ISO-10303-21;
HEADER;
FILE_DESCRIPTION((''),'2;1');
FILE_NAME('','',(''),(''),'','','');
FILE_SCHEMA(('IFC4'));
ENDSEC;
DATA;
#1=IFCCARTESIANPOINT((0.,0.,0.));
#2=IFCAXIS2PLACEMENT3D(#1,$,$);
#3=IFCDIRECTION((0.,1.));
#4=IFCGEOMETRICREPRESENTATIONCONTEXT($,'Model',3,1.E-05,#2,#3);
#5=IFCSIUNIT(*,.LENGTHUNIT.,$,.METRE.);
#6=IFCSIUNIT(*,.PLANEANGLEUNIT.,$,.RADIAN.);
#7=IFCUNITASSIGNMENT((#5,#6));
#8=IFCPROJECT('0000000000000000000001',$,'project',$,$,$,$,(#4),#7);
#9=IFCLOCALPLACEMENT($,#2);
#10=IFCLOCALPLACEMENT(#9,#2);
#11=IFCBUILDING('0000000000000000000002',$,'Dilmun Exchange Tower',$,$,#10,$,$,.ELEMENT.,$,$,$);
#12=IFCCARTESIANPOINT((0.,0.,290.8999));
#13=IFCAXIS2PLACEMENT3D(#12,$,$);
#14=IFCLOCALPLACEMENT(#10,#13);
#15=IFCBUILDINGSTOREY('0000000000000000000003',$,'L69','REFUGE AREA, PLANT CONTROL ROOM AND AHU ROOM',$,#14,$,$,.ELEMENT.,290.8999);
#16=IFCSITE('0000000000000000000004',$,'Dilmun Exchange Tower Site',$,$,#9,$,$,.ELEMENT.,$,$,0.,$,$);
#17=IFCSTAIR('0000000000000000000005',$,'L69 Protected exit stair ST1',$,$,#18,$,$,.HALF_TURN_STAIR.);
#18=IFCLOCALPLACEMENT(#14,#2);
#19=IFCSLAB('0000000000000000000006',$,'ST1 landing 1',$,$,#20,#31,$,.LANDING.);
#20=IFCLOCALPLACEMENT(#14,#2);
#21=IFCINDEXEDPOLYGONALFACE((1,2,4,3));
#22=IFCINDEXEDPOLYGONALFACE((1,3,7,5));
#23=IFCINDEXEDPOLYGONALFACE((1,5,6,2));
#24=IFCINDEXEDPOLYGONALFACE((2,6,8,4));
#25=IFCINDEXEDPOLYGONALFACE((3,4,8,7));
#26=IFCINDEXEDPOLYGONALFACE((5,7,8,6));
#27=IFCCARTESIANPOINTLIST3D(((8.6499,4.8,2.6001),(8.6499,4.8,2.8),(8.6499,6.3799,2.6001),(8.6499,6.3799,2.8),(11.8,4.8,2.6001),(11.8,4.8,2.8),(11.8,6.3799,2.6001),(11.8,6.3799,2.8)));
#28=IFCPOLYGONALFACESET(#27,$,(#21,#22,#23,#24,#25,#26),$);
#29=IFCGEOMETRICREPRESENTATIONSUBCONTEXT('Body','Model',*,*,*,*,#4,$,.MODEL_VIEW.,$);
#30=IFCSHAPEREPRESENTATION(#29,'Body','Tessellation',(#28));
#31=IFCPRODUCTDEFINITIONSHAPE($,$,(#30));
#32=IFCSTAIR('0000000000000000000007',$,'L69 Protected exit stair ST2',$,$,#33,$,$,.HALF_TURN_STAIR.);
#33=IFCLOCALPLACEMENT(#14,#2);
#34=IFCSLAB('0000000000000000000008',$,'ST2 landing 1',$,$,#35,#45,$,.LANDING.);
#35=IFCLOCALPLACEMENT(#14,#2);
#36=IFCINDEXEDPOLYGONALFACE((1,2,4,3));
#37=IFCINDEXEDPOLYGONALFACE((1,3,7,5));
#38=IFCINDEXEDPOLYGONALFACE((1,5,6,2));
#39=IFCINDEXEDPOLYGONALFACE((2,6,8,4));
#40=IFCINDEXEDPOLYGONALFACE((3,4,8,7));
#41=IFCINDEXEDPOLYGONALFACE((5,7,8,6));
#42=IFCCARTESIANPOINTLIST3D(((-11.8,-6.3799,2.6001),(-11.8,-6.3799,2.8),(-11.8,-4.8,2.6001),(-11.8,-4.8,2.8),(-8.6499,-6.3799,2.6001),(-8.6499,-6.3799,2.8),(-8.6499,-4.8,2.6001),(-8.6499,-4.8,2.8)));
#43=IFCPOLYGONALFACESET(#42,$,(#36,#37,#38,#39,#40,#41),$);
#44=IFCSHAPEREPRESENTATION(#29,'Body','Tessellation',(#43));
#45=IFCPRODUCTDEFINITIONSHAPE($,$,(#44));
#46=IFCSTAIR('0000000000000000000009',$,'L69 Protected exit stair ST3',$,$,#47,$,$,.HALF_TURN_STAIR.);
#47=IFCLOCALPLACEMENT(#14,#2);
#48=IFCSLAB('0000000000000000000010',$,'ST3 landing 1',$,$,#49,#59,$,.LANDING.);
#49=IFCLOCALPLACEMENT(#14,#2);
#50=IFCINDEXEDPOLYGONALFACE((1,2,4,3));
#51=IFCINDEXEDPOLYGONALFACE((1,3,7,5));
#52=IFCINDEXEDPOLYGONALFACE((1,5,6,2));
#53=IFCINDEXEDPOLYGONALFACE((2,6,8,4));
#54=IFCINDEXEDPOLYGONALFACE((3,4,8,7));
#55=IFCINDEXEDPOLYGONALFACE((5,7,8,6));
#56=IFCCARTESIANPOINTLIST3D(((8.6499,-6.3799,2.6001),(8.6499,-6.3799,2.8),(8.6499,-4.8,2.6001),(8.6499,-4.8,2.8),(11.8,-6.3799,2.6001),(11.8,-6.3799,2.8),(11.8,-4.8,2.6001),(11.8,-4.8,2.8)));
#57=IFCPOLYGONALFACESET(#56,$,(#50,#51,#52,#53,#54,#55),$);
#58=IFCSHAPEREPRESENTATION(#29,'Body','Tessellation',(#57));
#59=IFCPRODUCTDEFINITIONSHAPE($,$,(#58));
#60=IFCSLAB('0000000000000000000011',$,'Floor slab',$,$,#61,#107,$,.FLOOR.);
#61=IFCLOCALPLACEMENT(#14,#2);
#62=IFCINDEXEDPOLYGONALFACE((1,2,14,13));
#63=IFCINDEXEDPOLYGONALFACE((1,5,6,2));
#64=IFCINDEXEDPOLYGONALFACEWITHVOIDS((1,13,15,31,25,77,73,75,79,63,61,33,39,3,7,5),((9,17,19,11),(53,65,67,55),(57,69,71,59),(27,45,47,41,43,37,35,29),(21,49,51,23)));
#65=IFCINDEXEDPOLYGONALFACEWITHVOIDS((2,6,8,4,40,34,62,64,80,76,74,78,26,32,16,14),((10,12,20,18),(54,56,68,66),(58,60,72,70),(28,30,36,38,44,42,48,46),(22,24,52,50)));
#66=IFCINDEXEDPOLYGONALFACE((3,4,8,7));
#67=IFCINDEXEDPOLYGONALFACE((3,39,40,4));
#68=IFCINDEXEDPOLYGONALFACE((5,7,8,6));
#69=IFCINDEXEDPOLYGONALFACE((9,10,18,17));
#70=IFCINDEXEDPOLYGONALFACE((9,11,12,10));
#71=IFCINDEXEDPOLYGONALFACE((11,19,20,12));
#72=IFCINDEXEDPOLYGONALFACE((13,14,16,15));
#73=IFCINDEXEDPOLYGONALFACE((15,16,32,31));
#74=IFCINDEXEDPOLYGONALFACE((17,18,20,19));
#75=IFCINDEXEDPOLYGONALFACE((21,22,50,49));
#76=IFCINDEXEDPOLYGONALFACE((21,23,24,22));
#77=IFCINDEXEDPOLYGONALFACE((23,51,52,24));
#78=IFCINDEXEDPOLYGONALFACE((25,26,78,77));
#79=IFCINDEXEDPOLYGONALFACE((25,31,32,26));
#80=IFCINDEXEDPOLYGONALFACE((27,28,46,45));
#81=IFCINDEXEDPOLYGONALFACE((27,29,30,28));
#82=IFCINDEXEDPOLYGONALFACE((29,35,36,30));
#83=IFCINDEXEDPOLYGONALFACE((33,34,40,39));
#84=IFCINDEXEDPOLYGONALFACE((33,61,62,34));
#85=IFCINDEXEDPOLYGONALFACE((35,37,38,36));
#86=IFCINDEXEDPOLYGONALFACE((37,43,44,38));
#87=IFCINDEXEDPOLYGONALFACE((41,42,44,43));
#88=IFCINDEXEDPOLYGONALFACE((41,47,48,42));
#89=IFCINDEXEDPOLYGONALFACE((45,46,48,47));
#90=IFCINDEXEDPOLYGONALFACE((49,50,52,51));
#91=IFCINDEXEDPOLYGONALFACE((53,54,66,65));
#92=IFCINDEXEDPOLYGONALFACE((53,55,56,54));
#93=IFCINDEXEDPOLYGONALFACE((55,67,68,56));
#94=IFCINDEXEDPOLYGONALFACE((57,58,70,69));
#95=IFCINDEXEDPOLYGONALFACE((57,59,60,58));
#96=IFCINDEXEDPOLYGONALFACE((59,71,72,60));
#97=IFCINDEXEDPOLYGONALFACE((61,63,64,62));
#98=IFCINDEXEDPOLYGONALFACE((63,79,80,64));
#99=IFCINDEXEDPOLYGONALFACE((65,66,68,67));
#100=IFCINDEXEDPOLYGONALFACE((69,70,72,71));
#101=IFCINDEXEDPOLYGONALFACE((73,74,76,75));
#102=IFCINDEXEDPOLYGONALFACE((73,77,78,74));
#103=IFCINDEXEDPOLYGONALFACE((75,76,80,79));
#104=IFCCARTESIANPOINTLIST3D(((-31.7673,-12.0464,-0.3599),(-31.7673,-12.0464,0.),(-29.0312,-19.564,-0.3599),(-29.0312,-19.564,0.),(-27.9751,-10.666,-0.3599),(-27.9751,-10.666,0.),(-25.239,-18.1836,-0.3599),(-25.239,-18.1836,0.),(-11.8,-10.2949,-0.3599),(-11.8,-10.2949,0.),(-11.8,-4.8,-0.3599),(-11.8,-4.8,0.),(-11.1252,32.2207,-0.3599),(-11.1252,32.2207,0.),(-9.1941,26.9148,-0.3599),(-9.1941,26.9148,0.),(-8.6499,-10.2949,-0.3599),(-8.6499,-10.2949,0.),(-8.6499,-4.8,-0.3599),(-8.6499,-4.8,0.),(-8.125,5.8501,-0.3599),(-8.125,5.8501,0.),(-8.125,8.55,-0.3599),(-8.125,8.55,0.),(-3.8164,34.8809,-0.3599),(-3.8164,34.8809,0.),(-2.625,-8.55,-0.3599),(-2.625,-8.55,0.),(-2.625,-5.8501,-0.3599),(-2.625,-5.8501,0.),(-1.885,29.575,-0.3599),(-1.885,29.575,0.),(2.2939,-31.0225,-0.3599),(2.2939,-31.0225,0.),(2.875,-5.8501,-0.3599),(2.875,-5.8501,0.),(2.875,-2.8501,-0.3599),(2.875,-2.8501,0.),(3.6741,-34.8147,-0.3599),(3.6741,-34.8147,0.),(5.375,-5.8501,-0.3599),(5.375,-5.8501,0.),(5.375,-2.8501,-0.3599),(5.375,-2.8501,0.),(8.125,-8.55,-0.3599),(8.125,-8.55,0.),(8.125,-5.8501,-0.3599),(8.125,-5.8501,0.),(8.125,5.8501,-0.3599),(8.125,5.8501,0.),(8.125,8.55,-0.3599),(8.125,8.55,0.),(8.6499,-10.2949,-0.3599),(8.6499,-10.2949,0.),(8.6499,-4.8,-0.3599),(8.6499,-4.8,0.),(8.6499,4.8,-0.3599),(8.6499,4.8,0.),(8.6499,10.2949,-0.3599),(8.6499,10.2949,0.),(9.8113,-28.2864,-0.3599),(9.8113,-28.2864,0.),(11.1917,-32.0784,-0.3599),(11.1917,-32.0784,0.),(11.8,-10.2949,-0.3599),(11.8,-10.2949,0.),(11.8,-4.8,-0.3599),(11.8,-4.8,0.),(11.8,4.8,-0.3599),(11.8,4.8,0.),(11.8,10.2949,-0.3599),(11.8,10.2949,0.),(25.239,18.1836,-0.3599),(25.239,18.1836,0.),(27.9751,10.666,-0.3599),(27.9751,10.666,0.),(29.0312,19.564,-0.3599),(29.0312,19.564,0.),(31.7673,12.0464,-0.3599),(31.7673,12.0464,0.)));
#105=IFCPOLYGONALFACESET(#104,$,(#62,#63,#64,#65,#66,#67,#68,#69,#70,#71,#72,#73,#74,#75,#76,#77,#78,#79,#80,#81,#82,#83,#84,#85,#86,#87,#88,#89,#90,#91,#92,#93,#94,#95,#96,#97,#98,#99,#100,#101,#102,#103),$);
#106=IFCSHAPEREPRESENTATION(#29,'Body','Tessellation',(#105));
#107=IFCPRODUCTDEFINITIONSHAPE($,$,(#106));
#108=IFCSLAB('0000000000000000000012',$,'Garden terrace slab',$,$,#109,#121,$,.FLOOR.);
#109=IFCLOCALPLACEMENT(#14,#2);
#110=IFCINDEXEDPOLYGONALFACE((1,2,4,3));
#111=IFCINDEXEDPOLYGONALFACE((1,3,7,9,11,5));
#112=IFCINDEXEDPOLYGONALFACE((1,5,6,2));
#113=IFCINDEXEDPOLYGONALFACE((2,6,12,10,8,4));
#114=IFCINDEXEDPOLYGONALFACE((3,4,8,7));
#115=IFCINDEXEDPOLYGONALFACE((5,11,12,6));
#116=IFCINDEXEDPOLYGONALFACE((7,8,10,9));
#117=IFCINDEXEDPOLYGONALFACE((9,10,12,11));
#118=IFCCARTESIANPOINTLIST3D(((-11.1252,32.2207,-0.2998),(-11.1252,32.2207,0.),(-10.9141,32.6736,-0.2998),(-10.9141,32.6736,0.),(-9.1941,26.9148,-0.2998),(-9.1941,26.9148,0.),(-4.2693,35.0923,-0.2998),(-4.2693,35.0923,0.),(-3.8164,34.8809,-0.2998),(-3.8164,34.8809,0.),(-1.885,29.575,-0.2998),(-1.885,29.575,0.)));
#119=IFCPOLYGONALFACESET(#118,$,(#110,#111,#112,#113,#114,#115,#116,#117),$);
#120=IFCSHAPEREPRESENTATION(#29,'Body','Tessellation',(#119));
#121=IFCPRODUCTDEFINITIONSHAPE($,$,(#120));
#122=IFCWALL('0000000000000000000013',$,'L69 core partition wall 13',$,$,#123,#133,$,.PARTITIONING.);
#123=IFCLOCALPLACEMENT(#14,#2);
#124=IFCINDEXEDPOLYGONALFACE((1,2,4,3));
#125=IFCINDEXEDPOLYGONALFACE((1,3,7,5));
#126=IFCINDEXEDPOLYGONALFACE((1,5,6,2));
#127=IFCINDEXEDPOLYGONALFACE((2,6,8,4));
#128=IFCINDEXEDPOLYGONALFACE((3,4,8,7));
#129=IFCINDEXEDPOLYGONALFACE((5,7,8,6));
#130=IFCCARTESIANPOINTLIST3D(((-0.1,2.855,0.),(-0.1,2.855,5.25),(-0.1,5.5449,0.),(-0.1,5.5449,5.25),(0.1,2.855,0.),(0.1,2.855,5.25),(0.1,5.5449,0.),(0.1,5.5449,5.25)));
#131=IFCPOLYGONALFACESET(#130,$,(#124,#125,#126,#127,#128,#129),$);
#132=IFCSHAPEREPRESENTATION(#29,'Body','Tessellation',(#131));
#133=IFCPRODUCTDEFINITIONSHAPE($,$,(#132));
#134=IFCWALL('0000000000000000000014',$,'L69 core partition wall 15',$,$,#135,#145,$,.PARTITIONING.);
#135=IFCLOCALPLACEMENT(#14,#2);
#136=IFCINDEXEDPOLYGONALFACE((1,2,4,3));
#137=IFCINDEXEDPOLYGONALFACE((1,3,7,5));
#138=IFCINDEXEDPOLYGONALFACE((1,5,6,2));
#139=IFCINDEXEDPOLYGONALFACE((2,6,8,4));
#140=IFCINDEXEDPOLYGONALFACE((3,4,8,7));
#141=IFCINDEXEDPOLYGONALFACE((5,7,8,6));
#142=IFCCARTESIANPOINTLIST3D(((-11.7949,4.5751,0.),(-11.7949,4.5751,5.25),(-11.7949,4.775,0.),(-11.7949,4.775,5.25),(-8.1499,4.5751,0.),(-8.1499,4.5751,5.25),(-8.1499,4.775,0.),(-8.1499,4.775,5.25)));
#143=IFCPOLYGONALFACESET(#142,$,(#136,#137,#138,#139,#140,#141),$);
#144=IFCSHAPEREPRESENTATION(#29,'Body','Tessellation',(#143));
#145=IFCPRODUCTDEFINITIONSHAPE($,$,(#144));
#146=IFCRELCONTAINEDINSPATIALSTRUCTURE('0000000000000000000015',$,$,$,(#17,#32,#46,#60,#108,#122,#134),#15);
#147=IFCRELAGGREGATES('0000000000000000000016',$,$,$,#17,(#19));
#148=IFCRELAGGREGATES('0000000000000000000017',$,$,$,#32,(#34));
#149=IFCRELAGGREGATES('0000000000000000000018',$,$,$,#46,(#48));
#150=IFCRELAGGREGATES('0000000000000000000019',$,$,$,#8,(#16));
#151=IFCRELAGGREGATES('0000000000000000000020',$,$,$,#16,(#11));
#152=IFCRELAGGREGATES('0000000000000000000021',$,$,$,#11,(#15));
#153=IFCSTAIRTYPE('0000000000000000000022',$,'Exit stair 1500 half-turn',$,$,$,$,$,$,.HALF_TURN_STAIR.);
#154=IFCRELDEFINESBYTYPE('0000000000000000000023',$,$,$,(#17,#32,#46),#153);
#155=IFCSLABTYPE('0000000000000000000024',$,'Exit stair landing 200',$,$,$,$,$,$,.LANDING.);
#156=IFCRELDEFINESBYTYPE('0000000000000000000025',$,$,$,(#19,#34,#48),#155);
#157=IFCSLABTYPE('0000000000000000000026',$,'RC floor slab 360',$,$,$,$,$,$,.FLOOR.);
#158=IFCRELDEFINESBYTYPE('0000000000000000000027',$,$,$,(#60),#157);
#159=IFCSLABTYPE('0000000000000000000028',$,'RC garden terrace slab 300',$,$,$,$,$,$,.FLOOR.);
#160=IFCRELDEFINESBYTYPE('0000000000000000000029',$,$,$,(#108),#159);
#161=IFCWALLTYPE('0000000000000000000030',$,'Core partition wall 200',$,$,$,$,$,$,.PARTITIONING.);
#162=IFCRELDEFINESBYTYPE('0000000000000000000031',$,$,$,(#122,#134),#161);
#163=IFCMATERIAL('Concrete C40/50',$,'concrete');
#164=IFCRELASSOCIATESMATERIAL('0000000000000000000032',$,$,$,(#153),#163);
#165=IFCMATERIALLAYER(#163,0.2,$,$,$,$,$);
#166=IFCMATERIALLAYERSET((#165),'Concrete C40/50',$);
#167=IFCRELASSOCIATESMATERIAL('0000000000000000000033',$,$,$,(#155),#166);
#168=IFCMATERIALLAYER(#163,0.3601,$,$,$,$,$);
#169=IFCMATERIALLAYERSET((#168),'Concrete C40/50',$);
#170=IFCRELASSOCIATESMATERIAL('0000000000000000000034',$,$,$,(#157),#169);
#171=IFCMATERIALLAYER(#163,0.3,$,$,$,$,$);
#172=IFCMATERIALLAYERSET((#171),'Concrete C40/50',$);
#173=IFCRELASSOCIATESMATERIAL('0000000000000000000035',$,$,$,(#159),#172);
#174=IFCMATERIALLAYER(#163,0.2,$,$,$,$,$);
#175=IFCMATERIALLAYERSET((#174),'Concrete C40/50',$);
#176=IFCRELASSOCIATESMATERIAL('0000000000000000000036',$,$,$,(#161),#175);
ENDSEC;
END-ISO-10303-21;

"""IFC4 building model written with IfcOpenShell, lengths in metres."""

from ifc_helpers import new_model, si_unit, direction, frame, frame_2d, origin, place, context, subcontext, project, spatial, polyline, rectangle, outline, extrude, material, layer, layer_set, type_object, element, aggregate, save


model = new_model("IFC4")

# Units and contexts
model_context = context("Model", 3, precision=1e-05, world=origin(), true_north=direction((0.0, 1.0)))
body_context = subcontext(model_context, "Body", "Model", "MODEL_VIEW")
ifc_project = project(units=[si_unit("LENGTHUNIT", "METRE"), si_unit("PLANEANGLEUNIT", "RADIAN")], contexts=[model_context])

# Site, building, storey
site_placement = place(None, origin())
site = spatial("IfcSite", under=ifc_project, at=site_placement, Name="Dilmun Exchange Tower Site", CompositionType="ELEMENT", RefElevation=0.0)
building_placement = place(site_placement, origin())
building = spatial("IfcBuilding", under=site, at=building_placement, Name="Dilmun Exchange Tower", CompositionType="ELEMENT")
storey_placement = place(building_placement, frame((0.0, 0.0, 290.8999)))
storey = spatial("IfcBuildingStorey", under=building, at=storey_placement, Name="L69", Description="REFUGE AREA, PLANT CONTROL ROOM AND AHU ROOM", CompositionType="ELEMENT", Elevation=290.8999)

# Stairs, slabs
ifc_material_1 = material(Name="Concrete C40/50", Category="concrete")
stair_type = type_object("IfcStairType", Name="Exit stair 1500 half-turn", PredefinedType="HALF_TURN_STAIR", material=ifc_material_1)
stair_1_placement = place(storey_placement, origin())
stair_1 = element("IfcStair", 1, at=stair_1_placement, inside=storey, type_object=stair_type, Name="L69 Protected exit stair ST1", PredefinedType="HALF_TURN_STAIR")
ifc_layer_1 = layer(ifc_material_1, 0.2)
ifc_layer_set_1 = layer_set([ifc_layer_1], Name="Concrete C40/50")
slab_type_1 = type_object("IfcSlabType", Name="Exit stair landing 200", PredefinedType="LANDING", material=ifc_layer_set_1)
slab_1_placement = place(storey_placement, frame((0.0, 0.0, 2.6001)))
slab_1 = element("IfcSlab", 2, at=slab_1_placement, type_object=slab_type_1, Name="ST1 landing 1", PredefinedType="LANDING", context=body_context, shape_type="SweptSolid", body=[
    extrude(outline(polyline([(8.6499, 6.3799), (8.6499, 4.8), (11.8, 4.8), (11.8, 6.3799), (8.6499, 6.3799)])), origin(), (0.0, 0.0, 1.0), 0.2),
])
aggregate(stair_1, [slab_1])
stair_2_placement = place(storey_placement, origin())
stair_2 = element("IfcStair", 3, at=stair_2_placement, inside=storey, type_object=stair_type, Name="L69 Protected exit stair ST2", PredefinedType="HALF_TURN_STAIR")
slab_2_placement = place(storey_placement, frame((0.0, 0.0, 2.6001)))
slab_2 = element("IfcSlab", 4, at=slab_2_placement, type_object=slab_type_1, Name="ST2 landing 1", PredefinedType="LANDING", context=body_context, shape_type="SweptSolid", body=[
    extrude(outline(polyline([(-8.6499, -6.3799), (-8.6499, -4.8), (-11.8, -4.8), (-11.8, -6.3799), (-8.6499, -6.3799)])), origin(), (0.0, 0.0, 1.0), 0.2),
])
aggregate(stair_2, [slab_2])
stair_3_placement = place(storey_placement, origin())
stair_3 = element("IfcStair", 5, at=stair_3_placement, inside=storey, type_object=stair_type, Name="L69 Protected exit stair ST3", PredefinedType="HALF_TURN_STAIR")
slab_3_placement = place(storey_placement, frame((0.0, 0.0, 2.6001)))
slab_3 = element("IfcSlab", 6, at=slab_3_placement, type_object=slab_type_1, Name="ST3 landing 1", PredefinedType="LANDING", context=body_context, shape_type="SweptSolid", body=[
    extrude(outline(polyline([(11.8, -6.3799), (11.8, -4.8), (8.6499, -4.8), (8.6499, -6.3799), (11.8, -6.3799)])), origin(), (0.0, 0.0, 1.0), 0.2),
])
aggregate(stair_3, [slab_3])

# Slabs
ifc_layer_2 = layer(ifc_material_1, 0.3601)
ifc_layer_set_2 = layer_set([ifc_layer_2], Name="Concrete C40/50")
slab_type_2 = type_object("IfcSlabType", Name="RC floor slab 360", PredefinedType="FLOOR", material=ifc_layer_set_2)
slab_4_placement = place(storey_placement, frame((0.0, 0.0, -0.3599)))
element("IfcSlab", 7, at=slab_4_placement, inside=storey, type_object=slab_type_2, Name="Floor slab", PredefinedType="FLOOR", context=body_context, shape_type="SweptSolid", body=[
    extrude(outline(polyline([(25.239, 18.1836), (27.9751, 10.666), (31.7673, 12.0464), (11.1917, -32.0784), (9.8113, -28.2864), (2.2939, -31.0225), (3.6741, -34.8147), (-29.0312, -19.564), (-25.239, -18.1836), (-27.9751, -10.666), (-31.7673, -12.0464), (-11.1252, 32.2207), (-9.1941, 26.9148), (-1.885, 29.575), (-3.8164, 34.8809), (29.0312, 19.564), (25.239, 18.1836)]), holes=[polyline([(-8.6499, -4.8), (-11.8, -4.8), (-11.8, -10.2949), (-8.6499, -10.2949), (-8.6499, -4.8)]), polyline([(11.8, -4.8), (8.6499, -4.8), (8.6499, -10.2949), (11.8, -10.2949), (11.8, -4.8)]), polyline([(2.875, -5.8501), (-2.625, -5.8501), (-2.625, -8.55), (8.125, -8.55), (8.125, -5.8501), (5.375, -5.8501), (5.375, -2.8501), (2.875, -2.8501), (2.875, -5.8501)]), polyline([(8.125, 5.8501), (8.125, 8.55), (-8.125, 8.55), (-8.125, 5.8501), (8.125, 5.8501)]), polyline([(8.6499, 10.2949), (8.6499, 4.8), (11.8, 4.8), (11.8, 10.2949), (8.6499, 10.2949)])]), origin(), (0.0, 0.0, 1.0), 0.3599),
])
ifc_layer_3 = layer(ifc_material_1, 0.3)
ifc_layer_set_3 = layer_set([ifc_layer_3], Name="Concrete C40/50")
slab_type_3 = type_object("IfcSlabType", Name="RC garden terrace slab 300", PredefinedType="FLOOR", material=ifc_layer_set_3)
slab_5_placement = place(storey_placement, frame((0.0, 0.0, -0.2998)))
element("IfcSlab", 8, at=slab_5_placement, inside=storey, type_object=slab_type_3, Name="Garden terrace slab", PredefinedType="FLOOR", context=body_context, shape_type="SweptSolid", body=[
    extrude(outline(polyline([(-9.1941, 26.9148), (-11.1252, 32.2207), (-10.9141, 32.6736), (-4.2693, 35.0923), (-3.8164, 34.8809), (-1.885, 29.575), (-9.1941, 26.9148)])), origin(), (0.0, 0.0, 1.0), 0.2998),
])

# Walls
ifc_layer_4 = layer(ifc_material_1, 0.2)
ifc_layer_set_4 = layer_set([ifc_layer_4], Name="Concrete C40/50")
wall_type_1 = type_object("IfcWallType", Name="Core partition wall 200", PredefinedType="PARTITIONING", material=ifc_layer_set_4)
wall_1_placement = place(storey_placement, frame((0.0, 2.855, 0.0), z_axis=(0.0, 0.0, 1.0), x_axis=(0.0, 1.0, 0.0)))
element("IfcWall", 9, at=wall_1_placement, inside=storey, type_object=wall_type_1, Name="L69 core partition wall 13", PredefinedType="PARTITIONING", context=body_context, shape_type="SweptSolid", body=[
    extrude(rectangle(XDim=2.6899, YDim=0.2, at=frame_2d((1.345, 0.0))), origin(), (0.0, 0.0, 1.0), 5.25),
])
wall_2_placement = place(storey_placement, frame((-11.7949, 4.675, 0.0), z_axis=(0.0, 0.0, 1.0), x_axis=(1.0, 0.0, 0.0)))
element("IfcWall", 10, at=wall_2_placement, inside=storey, type_object=wall_type_1, Name="L69 core partition wall 15", PredefinedType="PARTITIONING", context=body_context, shape_type="SweptSolid", body=[
    extrude(rectangle(XDim=3.645, YDim=0.2, at=frame_2d((1.8225, 0.0))), origin(), (0.0, 0.0, 1.0), 5.25),
])

save(model, "model.ifc")
